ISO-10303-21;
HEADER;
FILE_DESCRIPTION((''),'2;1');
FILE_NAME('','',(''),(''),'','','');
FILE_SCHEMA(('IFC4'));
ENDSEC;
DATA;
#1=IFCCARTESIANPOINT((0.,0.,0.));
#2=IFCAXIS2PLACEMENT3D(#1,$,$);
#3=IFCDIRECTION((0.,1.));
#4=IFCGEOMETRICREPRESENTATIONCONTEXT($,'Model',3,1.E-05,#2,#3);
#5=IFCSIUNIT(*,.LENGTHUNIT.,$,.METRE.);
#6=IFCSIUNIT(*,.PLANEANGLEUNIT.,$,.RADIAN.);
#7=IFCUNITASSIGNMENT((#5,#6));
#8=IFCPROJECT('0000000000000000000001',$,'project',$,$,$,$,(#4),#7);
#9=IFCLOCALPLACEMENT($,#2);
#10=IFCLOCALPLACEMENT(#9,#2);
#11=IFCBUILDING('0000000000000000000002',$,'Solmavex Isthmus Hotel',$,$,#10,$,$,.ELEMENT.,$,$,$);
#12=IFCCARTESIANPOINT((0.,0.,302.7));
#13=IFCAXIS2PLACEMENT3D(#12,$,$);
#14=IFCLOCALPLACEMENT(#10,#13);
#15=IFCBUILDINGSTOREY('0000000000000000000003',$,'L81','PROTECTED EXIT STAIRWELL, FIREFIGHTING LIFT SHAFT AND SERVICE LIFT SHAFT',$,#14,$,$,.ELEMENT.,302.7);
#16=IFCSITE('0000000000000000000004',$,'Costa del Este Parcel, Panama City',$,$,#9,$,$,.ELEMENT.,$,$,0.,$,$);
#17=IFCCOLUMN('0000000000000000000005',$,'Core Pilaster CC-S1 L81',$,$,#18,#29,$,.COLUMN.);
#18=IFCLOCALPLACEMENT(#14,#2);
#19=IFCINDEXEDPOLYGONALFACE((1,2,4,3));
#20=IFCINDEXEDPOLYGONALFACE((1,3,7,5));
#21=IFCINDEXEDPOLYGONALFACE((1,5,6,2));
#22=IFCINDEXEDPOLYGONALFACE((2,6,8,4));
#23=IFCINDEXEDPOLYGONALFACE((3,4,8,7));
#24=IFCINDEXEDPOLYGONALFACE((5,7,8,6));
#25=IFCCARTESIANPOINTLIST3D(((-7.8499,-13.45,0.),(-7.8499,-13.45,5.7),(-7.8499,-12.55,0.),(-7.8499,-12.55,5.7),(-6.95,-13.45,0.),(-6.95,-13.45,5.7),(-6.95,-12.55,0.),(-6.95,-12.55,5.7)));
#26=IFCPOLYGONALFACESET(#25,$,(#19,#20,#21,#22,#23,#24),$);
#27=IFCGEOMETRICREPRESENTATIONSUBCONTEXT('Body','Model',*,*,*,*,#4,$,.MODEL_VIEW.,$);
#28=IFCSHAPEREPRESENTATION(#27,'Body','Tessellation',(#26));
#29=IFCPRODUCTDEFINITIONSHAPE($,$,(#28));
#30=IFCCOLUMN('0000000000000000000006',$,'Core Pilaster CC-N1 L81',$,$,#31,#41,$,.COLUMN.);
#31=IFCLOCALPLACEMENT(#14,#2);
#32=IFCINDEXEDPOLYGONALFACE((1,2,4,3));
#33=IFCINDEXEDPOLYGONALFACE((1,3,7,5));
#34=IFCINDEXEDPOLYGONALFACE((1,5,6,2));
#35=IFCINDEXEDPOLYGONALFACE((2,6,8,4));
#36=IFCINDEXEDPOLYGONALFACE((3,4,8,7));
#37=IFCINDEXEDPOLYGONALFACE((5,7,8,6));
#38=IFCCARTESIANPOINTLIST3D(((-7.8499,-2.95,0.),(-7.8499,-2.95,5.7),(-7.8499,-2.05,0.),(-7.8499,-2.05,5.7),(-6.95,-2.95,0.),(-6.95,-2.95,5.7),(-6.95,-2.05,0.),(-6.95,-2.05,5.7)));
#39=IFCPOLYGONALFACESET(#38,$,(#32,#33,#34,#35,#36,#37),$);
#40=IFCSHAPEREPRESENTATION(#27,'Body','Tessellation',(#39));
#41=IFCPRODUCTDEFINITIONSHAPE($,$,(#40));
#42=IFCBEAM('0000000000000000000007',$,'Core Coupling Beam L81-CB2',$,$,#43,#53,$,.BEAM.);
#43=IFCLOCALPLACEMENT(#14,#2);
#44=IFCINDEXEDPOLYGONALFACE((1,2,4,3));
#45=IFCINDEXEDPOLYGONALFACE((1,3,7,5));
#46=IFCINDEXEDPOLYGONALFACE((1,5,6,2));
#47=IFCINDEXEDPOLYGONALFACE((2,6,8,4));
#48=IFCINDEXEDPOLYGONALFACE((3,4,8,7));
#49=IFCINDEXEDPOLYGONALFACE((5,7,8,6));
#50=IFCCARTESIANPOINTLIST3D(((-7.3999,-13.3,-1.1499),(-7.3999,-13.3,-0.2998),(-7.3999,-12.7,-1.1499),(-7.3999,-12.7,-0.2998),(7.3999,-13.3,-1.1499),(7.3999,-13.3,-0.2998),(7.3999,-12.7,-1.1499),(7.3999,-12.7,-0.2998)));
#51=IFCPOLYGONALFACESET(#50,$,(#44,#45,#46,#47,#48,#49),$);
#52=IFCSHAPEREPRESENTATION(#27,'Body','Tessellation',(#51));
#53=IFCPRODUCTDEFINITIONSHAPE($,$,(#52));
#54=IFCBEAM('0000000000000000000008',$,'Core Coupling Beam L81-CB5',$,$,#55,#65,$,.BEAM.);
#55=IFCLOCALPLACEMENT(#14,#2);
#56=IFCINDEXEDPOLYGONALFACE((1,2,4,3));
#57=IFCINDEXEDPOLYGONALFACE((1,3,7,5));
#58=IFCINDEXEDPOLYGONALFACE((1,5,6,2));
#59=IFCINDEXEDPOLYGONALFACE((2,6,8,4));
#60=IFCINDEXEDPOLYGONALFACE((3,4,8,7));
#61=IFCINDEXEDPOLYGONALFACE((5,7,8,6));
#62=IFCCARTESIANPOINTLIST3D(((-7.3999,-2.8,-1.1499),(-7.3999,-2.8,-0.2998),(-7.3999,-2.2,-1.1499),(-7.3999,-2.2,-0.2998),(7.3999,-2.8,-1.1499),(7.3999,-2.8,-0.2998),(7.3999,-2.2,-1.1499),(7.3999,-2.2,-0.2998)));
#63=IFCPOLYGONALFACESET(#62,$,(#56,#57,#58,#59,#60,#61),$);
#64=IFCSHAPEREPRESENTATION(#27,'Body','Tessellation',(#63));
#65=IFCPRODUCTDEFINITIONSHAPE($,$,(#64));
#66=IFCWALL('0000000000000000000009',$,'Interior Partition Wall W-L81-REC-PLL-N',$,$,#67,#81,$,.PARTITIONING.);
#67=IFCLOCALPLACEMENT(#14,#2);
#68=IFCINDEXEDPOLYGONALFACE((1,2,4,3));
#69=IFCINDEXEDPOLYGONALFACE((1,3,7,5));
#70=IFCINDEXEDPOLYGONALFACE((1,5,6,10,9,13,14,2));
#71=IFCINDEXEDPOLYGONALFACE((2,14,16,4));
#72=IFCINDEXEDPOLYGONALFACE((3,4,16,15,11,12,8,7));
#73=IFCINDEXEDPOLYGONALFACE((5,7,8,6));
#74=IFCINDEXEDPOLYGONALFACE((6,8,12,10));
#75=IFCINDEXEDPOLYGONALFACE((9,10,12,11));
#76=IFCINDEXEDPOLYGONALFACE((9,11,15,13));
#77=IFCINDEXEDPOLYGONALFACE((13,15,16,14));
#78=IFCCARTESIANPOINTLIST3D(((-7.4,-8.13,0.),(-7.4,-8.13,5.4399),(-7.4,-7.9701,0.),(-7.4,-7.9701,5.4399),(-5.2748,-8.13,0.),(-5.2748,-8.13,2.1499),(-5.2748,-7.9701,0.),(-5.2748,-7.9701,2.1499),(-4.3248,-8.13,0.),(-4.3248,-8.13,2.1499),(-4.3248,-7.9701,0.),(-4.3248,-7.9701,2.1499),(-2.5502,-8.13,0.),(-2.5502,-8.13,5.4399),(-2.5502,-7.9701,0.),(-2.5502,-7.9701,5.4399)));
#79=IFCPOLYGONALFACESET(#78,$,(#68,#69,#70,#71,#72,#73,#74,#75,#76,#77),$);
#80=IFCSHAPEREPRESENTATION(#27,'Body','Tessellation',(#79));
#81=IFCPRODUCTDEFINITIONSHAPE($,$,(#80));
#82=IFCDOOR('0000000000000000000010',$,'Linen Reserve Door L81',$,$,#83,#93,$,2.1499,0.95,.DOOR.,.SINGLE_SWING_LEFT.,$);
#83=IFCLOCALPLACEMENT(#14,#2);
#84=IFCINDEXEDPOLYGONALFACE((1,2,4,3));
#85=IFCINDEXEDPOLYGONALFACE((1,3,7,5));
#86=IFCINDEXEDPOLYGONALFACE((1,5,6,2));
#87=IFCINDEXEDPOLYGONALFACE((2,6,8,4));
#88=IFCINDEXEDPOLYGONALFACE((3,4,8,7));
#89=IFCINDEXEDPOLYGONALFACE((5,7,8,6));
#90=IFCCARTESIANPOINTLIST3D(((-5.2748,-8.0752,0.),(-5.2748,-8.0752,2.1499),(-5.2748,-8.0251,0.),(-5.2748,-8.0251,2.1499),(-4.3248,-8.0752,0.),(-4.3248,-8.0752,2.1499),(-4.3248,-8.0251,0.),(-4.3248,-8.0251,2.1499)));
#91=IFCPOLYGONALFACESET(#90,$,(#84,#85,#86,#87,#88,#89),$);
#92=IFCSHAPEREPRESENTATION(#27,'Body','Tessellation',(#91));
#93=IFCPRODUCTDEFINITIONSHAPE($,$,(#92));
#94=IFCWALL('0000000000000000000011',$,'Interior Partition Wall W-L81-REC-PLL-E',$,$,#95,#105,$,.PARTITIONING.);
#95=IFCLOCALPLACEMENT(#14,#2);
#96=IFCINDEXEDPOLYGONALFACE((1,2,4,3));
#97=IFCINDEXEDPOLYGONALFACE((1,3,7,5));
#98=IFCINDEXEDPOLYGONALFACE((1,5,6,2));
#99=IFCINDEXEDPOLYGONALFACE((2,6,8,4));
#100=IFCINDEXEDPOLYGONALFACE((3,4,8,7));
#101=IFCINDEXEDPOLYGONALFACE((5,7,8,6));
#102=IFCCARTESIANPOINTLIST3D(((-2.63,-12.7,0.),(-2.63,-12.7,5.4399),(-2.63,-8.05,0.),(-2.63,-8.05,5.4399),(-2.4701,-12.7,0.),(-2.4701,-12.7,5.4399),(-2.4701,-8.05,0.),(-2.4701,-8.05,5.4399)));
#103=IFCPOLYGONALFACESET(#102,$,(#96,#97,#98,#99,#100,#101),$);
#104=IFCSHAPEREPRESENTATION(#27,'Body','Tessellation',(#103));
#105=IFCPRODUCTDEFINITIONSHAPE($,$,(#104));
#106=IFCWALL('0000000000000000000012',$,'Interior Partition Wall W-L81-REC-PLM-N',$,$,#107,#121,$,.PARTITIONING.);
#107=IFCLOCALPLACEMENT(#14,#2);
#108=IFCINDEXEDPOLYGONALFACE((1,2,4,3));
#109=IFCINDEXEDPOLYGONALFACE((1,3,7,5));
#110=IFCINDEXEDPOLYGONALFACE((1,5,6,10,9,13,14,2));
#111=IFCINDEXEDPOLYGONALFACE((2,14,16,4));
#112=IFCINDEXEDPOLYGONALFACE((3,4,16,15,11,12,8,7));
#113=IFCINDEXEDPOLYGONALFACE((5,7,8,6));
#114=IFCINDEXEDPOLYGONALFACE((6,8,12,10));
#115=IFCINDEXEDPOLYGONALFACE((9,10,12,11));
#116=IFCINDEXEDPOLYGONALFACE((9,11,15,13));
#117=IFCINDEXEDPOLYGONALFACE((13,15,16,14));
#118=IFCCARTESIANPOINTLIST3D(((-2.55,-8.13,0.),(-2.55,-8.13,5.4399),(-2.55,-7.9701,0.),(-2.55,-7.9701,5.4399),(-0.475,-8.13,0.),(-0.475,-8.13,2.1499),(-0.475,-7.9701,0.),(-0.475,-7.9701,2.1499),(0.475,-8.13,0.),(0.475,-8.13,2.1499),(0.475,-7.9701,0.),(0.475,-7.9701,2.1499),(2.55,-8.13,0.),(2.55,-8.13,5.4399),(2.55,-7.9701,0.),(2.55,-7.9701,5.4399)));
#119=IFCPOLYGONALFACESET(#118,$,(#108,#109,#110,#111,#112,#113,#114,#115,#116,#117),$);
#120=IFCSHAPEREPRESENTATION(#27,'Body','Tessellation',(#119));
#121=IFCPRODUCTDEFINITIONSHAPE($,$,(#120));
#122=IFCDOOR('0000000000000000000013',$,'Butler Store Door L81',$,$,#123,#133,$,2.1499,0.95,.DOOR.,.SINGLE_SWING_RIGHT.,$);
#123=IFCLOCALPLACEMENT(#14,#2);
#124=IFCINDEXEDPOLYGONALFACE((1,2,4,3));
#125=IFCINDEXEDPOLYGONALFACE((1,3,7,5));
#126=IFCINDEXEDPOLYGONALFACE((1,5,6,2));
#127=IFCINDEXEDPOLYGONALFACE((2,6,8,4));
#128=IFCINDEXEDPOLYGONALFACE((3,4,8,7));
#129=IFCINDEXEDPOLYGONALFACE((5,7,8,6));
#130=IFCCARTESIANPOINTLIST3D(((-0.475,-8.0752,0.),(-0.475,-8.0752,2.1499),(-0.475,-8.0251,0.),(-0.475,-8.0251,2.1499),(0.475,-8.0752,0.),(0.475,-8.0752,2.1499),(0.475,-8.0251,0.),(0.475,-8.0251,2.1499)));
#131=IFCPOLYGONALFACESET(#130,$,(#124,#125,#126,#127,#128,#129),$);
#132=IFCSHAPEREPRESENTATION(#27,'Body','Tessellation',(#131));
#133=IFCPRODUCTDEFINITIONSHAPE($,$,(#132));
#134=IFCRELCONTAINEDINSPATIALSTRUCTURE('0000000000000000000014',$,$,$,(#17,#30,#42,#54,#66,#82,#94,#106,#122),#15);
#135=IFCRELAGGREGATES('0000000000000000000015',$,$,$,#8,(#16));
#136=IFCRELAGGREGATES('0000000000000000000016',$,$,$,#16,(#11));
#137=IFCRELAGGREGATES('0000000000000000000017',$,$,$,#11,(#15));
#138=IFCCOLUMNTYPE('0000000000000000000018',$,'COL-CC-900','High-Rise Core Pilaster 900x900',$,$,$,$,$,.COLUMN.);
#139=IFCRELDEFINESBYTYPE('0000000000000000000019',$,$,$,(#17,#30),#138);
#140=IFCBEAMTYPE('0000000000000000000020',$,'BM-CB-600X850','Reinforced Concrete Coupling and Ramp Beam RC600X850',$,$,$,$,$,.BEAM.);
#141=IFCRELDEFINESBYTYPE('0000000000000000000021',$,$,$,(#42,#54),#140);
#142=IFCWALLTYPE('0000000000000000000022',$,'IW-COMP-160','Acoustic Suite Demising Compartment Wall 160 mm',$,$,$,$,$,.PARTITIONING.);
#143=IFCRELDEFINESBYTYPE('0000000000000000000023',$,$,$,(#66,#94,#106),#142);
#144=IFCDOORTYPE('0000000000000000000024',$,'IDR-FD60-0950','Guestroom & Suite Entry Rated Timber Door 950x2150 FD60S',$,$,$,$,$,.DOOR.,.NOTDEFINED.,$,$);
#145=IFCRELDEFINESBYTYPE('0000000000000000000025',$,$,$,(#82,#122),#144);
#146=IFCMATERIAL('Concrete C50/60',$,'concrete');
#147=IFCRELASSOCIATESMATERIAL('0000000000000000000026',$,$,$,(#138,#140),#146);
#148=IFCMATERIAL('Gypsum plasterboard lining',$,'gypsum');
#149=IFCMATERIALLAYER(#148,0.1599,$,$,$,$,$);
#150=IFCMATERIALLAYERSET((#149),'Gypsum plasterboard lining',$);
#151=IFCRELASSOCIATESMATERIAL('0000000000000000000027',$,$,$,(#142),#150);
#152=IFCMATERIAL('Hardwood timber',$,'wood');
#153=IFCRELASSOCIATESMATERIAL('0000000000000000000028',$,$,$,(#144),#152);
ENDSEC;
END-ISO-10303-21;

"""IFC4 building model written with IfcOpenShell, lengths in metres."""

from ifc_helpers import new_model, si_unit, direction, frame, frame_2d, origin, origin_2d, place, context, subcontext, project, spatial, rectangle, extrude, material, layer, layer_set, material_profile, profile_set, type_object, element, fill, save


model = new_model("IFC4")

# Units and contexts
model_context = context("Model", 3, precision=1e-05, world=origin(), true_north=direction((0.0, 1.0)))
body_context = subcontext(model_context, "Body", "Model", "MODEL_VIEW")
ifc_project = project(units=[si_unit("LENGTHUNIT", "METRE"), si_unit("PLANEANGLEUNIT", "RADIAN")], contexts=[model_context])

# Site, building, storey
site_placement = place(None, origin())
site = spatial("IfcSite", under=ifc_project, at=site_placement, Name="Costa del Este Parcel, Panama City", CompositionType="ELEMENT", RefElevation=0.0)
building_placement = place(site_placement, origin())
building = spatial("IfcBuilding", under=site, at=building_placement, Name="Solmavex Isthmus Hotel", CompositionType="ELEMENT")
storey_placement = place(building_placement, frame((0.0, 0.0, 302.7)))
storey = spatial("IfcBuildingStorey", under=building, at=storey_placement, Name="L81", Description="PROTECTED EXIT STAIRWELL, FIREFIGHTING LIFT SHAFT AND SERVICE LIFT SHAFT", CompositionType="ELEMENT", Elevation=302.7)

# Columns
ifc_material_1 = material(Name="Concrete C50/60", Category="concrete")
ifc_material_profile_1 = material_profile(ifc_material_1, rectangle(XDim=0.8999, YDim=0.8999, at=origin_2d()), Name="RC900X900")
ifc_profile_set_1 = profile_set([ifc_material_profile_1], Name="Concrete C50/60")
column_type = type_object("IfcColumnType", Name="COL-CC-900", Description="High-Rise Core Pilaster 900x900", PredefinedType="COLUMN", material=ifc_profile_set_1)
for number, where, z_axis, x_axis, name in (
    (1, (-7.3999, -13.0, 0.0), (0.0, 0.0, 1.0), (1.0, 0.0, 0.0), "Core Pilaster CC-S1 L81"),
    (2, (-7.3999, -2.5, 0.0), (0.0, 0.0, 1.0), (1.0, 0.0, 0.0), "Core Pilaster CC-N1 L81"),
):
    element("IfcColumn", number, at=place(storey_placement, frame(where, z_axis=z_axis, x_axis=x_axis)), inside=storey, type_object=column_type, Name=name, PredefinedType="COLUMN", context=body_context, shape_type="SweptSolid", body=[
        extrude(rectangle(XDim=0.8999, YDim=0.8999, at=origin_2d()), origin(), (0.0, 0.0, 1.0), 5.7),
    ])

# Beams
ifc_material_profile_2 = material_profile(ifc_material_1, rectangle(XDim=0.6001, YDim=0.8501, at=origin_2d()), Name="RC600X850")
ifc_profile_set_2 = profile_set([ifc_material_profile_2], Name="Concrete C50/60")
beam_type = type_object("IfcBeamType", Name="BM-CB-600X850", Description="Reinforced Concrete Coupling and Ramp Beam RC600X850", PredefinedType="BEAM", material=ifc_profile_set_2)
for number, where, z_axis, x_axis, name in (
    (3, (-7.3999, -13.0, -0.7249), (1.0, 0.0, 0.0), (0.0, 1.0, 0.0), "Core Coupling Beam L81-CB2"),
    (4, (-7.3999, -2.5, -0.7249), (1.0, 0.0, 0.0), (0.0, 1.0, 0.0), "Core Coupling Beam L81-CB5"),
):
    element("IfcBeam", number, at=place(storey_placement, frame(where, z_axis=z_axis, x_axis=x_axis)), inside=storey, type_object=beam_type, Name=name, PredefinedType="BEAM", context=body_context, shape_type="SweptSolid", body=[
        extrude(rectangle(XDim=0.6001, YDim=0.8501, at=origin_2d()), origin(), (0.0, 0.0, 1.0), 14.7998),
    ])

# Wall, opening, door
ifc_material_2 = material(Name="Gypsum plasterboard lining", Category="gypsum")
ifc_layer_1 = layer(ifc_material_2, 0.1599)
ifc_layer_set_1 = layer_set([ifc_layer_1], Name="Gypsum plasterboard lining")
wall_type_1 = type_object("IfcWallType", Name="IW-COMP-160", Description="Acoustic Suite Demising Compartment Wall 160 mm", PredefinedType="PARTITIONING", material=ifc_layer_set_1)
wall_1_placement = place(storey_placement, frame((-7.3999, -8.05, 0.0), z_axis=(0.0, 0.0, 1.0), x_axis=(1.0, 0.0, 0.0)))
wall_1 = element("IfcWall", 5, at=wall_1_placement, inside=storey, type_object=wall_type_1, Name="Interior Partition Wall W-L81-REC-PLL-N", PredefinedType="PARTITIONING", context=body_context, shape_type="SweptSolid", body=[
    extrude(rectangle(XDim=4.8499, YDim=0.1599, at=frame_2d((2.4248, 0.0))), origin(), (0.0, 0.0, 1.0), 5.4399),
])
opening_1_placement = place(wall_1_placement, frame((2.125, 0.0, 0.0)))
opening_1 = element("IfcOpeningElement", 6, at=opening_1_placement, cuts=wall_1, PredefinedType="OPENING", context=body_context, shape_type="SweptSolid", body=[
    extrude(rectangle(XDim=0.95, YDim=2.1499, at=frame_2d((0.4751, 1.075))), frame((0.0, 0.0898, 0.0), z_axis=(0.0, -1.0, 0.0), x_axis=(1.0, 0.0, 0.0)), (0.0, 0.0, 1.0), 0.1799),
])
ifc_material_3 = material(Name="Hardwood timber", Category="wood")
door_type_1 = type_object("IfcDoorType", Name="IDR-FD60-0950", Description="Guestroom & Suite Entry Rated Timber Door 950x2150 FD60S", OperationType="NOTDEFINED", PredefinedType="DOOR", material=ifc_material_3)
door_1_placement = place(opening_1_placement, origin())
door_1 = element("IfcDoor", 7, at=door_1_placement, inside=storey, type_object=door_type_1, Name="Linen Reserve Door L81", OperationType="SINGLE_SWING_LEFT", OverallHeight=2.1499, OverallWidth=0.95, PredefinedType="DOOR", context=body_context, shape_type="SweptSolid", body=[
    extrude(rectangle(XDim=0.95, YDim=2.1499, at=frame_2d((0.4751, 1.075))), frame((0.0, 0.0249, 0.0), z_axis=(0.0, -1.0, 0.0), x_axis=(1.0, 0.0, 0.0)), (0.0, 0.0, 1.0), 0.05),
])
fill(opening_1, door_1)

# Wall
wall_2_placement = place(storey_placement, frame((-2.55, -12.7, 0.0), z_axis=(0.0, 0.0, 1.0), x_axis=(0.0, 1.0, 0.0)))
element("IfcWall", 8, at=wall_2_placement, inside=storey, type_object=wall_type_1, Name="Interior Partition Wall W-L81-REC-PLL-E", PredefinedType="PARTITIONING", context=body_context, shape_type="SweptSolid", body=[
    extrude(rectangle(XDim=4.6499, YDim=0.1599, at=frame_2d((2.325, 0.0))), origin(), (0.0, 0.0, 1.0), 5.4399),
])

# Wall, opening, door
wall_3_placement = place(storey_placement, frame((-2.55, -8.05, 0.0), z_axis=(0.0, 0.0, 1.0), x_axis=(1.0, 0.0, 0.0)))
wall_3 = element("IfcWall", 9, at=wall_3_placement, inside=storey, type_object=wall_type_1, Name="Interior Partition Wall W-L81-REC-PLM-N", PredefinedType="PARTITIONING", context=body_context, shape_type="SweptSolid", body=[
    extrude(rectangle(XDim=5.1001, YDim=0.1599, at=frame_2d((2.55, 0.0))), origin(), (0.0, 0.0, 1.0), 5.4399),
])
opening_2_placement = place(wall_3_placement, frame((2.075, 0.0, 0.0)))
opening_2 = element("IfcOpeningElement", 10, at=opening_2_placement, cuts=wall_3, PredefinedType="OPENING", context=body_context, shape_type="SweptSolid", body=[
    extrude(rectangle(XDim=0.95, YDim=2.1499, at=frame_2d((0.4751, 1.075))), frame((0.0, 0.0898, 0.0), z_axis=(0.0, -1.0, 0.0), x_axis=(1.0, 0.0, 0.0)), (0.0, 0.0, 1.0), 0.1799),
])
door_2_placement = place(opening_2_placement, origin())
door_2 = element("IfcDoor", 11, at=door_2_placement, inside=storey, type_object=door_type_1, Name="Butler Store Door L81", OperationType="SINGLE_SWING_RIGHT", OverallHeight=2.1499, OverallWidth=0.95, PredefinedType="DOOR", context=body_context, shape_type="SweptSolid", body=[
    extrude(rectangle(XDim=0.95, YDim=2.1499, at=frame_2d((0.4751, 1.075))), frame((0.0, 0.0249, 0.0), z_axis=(0.0, -1.0, 0.0), x_axis=(1.0, 0.0, 0.0)), (0.0, 0.0, 1.0), 0.05),
])
fill(opening_2, door_2)

save(model, "model.ifc")
